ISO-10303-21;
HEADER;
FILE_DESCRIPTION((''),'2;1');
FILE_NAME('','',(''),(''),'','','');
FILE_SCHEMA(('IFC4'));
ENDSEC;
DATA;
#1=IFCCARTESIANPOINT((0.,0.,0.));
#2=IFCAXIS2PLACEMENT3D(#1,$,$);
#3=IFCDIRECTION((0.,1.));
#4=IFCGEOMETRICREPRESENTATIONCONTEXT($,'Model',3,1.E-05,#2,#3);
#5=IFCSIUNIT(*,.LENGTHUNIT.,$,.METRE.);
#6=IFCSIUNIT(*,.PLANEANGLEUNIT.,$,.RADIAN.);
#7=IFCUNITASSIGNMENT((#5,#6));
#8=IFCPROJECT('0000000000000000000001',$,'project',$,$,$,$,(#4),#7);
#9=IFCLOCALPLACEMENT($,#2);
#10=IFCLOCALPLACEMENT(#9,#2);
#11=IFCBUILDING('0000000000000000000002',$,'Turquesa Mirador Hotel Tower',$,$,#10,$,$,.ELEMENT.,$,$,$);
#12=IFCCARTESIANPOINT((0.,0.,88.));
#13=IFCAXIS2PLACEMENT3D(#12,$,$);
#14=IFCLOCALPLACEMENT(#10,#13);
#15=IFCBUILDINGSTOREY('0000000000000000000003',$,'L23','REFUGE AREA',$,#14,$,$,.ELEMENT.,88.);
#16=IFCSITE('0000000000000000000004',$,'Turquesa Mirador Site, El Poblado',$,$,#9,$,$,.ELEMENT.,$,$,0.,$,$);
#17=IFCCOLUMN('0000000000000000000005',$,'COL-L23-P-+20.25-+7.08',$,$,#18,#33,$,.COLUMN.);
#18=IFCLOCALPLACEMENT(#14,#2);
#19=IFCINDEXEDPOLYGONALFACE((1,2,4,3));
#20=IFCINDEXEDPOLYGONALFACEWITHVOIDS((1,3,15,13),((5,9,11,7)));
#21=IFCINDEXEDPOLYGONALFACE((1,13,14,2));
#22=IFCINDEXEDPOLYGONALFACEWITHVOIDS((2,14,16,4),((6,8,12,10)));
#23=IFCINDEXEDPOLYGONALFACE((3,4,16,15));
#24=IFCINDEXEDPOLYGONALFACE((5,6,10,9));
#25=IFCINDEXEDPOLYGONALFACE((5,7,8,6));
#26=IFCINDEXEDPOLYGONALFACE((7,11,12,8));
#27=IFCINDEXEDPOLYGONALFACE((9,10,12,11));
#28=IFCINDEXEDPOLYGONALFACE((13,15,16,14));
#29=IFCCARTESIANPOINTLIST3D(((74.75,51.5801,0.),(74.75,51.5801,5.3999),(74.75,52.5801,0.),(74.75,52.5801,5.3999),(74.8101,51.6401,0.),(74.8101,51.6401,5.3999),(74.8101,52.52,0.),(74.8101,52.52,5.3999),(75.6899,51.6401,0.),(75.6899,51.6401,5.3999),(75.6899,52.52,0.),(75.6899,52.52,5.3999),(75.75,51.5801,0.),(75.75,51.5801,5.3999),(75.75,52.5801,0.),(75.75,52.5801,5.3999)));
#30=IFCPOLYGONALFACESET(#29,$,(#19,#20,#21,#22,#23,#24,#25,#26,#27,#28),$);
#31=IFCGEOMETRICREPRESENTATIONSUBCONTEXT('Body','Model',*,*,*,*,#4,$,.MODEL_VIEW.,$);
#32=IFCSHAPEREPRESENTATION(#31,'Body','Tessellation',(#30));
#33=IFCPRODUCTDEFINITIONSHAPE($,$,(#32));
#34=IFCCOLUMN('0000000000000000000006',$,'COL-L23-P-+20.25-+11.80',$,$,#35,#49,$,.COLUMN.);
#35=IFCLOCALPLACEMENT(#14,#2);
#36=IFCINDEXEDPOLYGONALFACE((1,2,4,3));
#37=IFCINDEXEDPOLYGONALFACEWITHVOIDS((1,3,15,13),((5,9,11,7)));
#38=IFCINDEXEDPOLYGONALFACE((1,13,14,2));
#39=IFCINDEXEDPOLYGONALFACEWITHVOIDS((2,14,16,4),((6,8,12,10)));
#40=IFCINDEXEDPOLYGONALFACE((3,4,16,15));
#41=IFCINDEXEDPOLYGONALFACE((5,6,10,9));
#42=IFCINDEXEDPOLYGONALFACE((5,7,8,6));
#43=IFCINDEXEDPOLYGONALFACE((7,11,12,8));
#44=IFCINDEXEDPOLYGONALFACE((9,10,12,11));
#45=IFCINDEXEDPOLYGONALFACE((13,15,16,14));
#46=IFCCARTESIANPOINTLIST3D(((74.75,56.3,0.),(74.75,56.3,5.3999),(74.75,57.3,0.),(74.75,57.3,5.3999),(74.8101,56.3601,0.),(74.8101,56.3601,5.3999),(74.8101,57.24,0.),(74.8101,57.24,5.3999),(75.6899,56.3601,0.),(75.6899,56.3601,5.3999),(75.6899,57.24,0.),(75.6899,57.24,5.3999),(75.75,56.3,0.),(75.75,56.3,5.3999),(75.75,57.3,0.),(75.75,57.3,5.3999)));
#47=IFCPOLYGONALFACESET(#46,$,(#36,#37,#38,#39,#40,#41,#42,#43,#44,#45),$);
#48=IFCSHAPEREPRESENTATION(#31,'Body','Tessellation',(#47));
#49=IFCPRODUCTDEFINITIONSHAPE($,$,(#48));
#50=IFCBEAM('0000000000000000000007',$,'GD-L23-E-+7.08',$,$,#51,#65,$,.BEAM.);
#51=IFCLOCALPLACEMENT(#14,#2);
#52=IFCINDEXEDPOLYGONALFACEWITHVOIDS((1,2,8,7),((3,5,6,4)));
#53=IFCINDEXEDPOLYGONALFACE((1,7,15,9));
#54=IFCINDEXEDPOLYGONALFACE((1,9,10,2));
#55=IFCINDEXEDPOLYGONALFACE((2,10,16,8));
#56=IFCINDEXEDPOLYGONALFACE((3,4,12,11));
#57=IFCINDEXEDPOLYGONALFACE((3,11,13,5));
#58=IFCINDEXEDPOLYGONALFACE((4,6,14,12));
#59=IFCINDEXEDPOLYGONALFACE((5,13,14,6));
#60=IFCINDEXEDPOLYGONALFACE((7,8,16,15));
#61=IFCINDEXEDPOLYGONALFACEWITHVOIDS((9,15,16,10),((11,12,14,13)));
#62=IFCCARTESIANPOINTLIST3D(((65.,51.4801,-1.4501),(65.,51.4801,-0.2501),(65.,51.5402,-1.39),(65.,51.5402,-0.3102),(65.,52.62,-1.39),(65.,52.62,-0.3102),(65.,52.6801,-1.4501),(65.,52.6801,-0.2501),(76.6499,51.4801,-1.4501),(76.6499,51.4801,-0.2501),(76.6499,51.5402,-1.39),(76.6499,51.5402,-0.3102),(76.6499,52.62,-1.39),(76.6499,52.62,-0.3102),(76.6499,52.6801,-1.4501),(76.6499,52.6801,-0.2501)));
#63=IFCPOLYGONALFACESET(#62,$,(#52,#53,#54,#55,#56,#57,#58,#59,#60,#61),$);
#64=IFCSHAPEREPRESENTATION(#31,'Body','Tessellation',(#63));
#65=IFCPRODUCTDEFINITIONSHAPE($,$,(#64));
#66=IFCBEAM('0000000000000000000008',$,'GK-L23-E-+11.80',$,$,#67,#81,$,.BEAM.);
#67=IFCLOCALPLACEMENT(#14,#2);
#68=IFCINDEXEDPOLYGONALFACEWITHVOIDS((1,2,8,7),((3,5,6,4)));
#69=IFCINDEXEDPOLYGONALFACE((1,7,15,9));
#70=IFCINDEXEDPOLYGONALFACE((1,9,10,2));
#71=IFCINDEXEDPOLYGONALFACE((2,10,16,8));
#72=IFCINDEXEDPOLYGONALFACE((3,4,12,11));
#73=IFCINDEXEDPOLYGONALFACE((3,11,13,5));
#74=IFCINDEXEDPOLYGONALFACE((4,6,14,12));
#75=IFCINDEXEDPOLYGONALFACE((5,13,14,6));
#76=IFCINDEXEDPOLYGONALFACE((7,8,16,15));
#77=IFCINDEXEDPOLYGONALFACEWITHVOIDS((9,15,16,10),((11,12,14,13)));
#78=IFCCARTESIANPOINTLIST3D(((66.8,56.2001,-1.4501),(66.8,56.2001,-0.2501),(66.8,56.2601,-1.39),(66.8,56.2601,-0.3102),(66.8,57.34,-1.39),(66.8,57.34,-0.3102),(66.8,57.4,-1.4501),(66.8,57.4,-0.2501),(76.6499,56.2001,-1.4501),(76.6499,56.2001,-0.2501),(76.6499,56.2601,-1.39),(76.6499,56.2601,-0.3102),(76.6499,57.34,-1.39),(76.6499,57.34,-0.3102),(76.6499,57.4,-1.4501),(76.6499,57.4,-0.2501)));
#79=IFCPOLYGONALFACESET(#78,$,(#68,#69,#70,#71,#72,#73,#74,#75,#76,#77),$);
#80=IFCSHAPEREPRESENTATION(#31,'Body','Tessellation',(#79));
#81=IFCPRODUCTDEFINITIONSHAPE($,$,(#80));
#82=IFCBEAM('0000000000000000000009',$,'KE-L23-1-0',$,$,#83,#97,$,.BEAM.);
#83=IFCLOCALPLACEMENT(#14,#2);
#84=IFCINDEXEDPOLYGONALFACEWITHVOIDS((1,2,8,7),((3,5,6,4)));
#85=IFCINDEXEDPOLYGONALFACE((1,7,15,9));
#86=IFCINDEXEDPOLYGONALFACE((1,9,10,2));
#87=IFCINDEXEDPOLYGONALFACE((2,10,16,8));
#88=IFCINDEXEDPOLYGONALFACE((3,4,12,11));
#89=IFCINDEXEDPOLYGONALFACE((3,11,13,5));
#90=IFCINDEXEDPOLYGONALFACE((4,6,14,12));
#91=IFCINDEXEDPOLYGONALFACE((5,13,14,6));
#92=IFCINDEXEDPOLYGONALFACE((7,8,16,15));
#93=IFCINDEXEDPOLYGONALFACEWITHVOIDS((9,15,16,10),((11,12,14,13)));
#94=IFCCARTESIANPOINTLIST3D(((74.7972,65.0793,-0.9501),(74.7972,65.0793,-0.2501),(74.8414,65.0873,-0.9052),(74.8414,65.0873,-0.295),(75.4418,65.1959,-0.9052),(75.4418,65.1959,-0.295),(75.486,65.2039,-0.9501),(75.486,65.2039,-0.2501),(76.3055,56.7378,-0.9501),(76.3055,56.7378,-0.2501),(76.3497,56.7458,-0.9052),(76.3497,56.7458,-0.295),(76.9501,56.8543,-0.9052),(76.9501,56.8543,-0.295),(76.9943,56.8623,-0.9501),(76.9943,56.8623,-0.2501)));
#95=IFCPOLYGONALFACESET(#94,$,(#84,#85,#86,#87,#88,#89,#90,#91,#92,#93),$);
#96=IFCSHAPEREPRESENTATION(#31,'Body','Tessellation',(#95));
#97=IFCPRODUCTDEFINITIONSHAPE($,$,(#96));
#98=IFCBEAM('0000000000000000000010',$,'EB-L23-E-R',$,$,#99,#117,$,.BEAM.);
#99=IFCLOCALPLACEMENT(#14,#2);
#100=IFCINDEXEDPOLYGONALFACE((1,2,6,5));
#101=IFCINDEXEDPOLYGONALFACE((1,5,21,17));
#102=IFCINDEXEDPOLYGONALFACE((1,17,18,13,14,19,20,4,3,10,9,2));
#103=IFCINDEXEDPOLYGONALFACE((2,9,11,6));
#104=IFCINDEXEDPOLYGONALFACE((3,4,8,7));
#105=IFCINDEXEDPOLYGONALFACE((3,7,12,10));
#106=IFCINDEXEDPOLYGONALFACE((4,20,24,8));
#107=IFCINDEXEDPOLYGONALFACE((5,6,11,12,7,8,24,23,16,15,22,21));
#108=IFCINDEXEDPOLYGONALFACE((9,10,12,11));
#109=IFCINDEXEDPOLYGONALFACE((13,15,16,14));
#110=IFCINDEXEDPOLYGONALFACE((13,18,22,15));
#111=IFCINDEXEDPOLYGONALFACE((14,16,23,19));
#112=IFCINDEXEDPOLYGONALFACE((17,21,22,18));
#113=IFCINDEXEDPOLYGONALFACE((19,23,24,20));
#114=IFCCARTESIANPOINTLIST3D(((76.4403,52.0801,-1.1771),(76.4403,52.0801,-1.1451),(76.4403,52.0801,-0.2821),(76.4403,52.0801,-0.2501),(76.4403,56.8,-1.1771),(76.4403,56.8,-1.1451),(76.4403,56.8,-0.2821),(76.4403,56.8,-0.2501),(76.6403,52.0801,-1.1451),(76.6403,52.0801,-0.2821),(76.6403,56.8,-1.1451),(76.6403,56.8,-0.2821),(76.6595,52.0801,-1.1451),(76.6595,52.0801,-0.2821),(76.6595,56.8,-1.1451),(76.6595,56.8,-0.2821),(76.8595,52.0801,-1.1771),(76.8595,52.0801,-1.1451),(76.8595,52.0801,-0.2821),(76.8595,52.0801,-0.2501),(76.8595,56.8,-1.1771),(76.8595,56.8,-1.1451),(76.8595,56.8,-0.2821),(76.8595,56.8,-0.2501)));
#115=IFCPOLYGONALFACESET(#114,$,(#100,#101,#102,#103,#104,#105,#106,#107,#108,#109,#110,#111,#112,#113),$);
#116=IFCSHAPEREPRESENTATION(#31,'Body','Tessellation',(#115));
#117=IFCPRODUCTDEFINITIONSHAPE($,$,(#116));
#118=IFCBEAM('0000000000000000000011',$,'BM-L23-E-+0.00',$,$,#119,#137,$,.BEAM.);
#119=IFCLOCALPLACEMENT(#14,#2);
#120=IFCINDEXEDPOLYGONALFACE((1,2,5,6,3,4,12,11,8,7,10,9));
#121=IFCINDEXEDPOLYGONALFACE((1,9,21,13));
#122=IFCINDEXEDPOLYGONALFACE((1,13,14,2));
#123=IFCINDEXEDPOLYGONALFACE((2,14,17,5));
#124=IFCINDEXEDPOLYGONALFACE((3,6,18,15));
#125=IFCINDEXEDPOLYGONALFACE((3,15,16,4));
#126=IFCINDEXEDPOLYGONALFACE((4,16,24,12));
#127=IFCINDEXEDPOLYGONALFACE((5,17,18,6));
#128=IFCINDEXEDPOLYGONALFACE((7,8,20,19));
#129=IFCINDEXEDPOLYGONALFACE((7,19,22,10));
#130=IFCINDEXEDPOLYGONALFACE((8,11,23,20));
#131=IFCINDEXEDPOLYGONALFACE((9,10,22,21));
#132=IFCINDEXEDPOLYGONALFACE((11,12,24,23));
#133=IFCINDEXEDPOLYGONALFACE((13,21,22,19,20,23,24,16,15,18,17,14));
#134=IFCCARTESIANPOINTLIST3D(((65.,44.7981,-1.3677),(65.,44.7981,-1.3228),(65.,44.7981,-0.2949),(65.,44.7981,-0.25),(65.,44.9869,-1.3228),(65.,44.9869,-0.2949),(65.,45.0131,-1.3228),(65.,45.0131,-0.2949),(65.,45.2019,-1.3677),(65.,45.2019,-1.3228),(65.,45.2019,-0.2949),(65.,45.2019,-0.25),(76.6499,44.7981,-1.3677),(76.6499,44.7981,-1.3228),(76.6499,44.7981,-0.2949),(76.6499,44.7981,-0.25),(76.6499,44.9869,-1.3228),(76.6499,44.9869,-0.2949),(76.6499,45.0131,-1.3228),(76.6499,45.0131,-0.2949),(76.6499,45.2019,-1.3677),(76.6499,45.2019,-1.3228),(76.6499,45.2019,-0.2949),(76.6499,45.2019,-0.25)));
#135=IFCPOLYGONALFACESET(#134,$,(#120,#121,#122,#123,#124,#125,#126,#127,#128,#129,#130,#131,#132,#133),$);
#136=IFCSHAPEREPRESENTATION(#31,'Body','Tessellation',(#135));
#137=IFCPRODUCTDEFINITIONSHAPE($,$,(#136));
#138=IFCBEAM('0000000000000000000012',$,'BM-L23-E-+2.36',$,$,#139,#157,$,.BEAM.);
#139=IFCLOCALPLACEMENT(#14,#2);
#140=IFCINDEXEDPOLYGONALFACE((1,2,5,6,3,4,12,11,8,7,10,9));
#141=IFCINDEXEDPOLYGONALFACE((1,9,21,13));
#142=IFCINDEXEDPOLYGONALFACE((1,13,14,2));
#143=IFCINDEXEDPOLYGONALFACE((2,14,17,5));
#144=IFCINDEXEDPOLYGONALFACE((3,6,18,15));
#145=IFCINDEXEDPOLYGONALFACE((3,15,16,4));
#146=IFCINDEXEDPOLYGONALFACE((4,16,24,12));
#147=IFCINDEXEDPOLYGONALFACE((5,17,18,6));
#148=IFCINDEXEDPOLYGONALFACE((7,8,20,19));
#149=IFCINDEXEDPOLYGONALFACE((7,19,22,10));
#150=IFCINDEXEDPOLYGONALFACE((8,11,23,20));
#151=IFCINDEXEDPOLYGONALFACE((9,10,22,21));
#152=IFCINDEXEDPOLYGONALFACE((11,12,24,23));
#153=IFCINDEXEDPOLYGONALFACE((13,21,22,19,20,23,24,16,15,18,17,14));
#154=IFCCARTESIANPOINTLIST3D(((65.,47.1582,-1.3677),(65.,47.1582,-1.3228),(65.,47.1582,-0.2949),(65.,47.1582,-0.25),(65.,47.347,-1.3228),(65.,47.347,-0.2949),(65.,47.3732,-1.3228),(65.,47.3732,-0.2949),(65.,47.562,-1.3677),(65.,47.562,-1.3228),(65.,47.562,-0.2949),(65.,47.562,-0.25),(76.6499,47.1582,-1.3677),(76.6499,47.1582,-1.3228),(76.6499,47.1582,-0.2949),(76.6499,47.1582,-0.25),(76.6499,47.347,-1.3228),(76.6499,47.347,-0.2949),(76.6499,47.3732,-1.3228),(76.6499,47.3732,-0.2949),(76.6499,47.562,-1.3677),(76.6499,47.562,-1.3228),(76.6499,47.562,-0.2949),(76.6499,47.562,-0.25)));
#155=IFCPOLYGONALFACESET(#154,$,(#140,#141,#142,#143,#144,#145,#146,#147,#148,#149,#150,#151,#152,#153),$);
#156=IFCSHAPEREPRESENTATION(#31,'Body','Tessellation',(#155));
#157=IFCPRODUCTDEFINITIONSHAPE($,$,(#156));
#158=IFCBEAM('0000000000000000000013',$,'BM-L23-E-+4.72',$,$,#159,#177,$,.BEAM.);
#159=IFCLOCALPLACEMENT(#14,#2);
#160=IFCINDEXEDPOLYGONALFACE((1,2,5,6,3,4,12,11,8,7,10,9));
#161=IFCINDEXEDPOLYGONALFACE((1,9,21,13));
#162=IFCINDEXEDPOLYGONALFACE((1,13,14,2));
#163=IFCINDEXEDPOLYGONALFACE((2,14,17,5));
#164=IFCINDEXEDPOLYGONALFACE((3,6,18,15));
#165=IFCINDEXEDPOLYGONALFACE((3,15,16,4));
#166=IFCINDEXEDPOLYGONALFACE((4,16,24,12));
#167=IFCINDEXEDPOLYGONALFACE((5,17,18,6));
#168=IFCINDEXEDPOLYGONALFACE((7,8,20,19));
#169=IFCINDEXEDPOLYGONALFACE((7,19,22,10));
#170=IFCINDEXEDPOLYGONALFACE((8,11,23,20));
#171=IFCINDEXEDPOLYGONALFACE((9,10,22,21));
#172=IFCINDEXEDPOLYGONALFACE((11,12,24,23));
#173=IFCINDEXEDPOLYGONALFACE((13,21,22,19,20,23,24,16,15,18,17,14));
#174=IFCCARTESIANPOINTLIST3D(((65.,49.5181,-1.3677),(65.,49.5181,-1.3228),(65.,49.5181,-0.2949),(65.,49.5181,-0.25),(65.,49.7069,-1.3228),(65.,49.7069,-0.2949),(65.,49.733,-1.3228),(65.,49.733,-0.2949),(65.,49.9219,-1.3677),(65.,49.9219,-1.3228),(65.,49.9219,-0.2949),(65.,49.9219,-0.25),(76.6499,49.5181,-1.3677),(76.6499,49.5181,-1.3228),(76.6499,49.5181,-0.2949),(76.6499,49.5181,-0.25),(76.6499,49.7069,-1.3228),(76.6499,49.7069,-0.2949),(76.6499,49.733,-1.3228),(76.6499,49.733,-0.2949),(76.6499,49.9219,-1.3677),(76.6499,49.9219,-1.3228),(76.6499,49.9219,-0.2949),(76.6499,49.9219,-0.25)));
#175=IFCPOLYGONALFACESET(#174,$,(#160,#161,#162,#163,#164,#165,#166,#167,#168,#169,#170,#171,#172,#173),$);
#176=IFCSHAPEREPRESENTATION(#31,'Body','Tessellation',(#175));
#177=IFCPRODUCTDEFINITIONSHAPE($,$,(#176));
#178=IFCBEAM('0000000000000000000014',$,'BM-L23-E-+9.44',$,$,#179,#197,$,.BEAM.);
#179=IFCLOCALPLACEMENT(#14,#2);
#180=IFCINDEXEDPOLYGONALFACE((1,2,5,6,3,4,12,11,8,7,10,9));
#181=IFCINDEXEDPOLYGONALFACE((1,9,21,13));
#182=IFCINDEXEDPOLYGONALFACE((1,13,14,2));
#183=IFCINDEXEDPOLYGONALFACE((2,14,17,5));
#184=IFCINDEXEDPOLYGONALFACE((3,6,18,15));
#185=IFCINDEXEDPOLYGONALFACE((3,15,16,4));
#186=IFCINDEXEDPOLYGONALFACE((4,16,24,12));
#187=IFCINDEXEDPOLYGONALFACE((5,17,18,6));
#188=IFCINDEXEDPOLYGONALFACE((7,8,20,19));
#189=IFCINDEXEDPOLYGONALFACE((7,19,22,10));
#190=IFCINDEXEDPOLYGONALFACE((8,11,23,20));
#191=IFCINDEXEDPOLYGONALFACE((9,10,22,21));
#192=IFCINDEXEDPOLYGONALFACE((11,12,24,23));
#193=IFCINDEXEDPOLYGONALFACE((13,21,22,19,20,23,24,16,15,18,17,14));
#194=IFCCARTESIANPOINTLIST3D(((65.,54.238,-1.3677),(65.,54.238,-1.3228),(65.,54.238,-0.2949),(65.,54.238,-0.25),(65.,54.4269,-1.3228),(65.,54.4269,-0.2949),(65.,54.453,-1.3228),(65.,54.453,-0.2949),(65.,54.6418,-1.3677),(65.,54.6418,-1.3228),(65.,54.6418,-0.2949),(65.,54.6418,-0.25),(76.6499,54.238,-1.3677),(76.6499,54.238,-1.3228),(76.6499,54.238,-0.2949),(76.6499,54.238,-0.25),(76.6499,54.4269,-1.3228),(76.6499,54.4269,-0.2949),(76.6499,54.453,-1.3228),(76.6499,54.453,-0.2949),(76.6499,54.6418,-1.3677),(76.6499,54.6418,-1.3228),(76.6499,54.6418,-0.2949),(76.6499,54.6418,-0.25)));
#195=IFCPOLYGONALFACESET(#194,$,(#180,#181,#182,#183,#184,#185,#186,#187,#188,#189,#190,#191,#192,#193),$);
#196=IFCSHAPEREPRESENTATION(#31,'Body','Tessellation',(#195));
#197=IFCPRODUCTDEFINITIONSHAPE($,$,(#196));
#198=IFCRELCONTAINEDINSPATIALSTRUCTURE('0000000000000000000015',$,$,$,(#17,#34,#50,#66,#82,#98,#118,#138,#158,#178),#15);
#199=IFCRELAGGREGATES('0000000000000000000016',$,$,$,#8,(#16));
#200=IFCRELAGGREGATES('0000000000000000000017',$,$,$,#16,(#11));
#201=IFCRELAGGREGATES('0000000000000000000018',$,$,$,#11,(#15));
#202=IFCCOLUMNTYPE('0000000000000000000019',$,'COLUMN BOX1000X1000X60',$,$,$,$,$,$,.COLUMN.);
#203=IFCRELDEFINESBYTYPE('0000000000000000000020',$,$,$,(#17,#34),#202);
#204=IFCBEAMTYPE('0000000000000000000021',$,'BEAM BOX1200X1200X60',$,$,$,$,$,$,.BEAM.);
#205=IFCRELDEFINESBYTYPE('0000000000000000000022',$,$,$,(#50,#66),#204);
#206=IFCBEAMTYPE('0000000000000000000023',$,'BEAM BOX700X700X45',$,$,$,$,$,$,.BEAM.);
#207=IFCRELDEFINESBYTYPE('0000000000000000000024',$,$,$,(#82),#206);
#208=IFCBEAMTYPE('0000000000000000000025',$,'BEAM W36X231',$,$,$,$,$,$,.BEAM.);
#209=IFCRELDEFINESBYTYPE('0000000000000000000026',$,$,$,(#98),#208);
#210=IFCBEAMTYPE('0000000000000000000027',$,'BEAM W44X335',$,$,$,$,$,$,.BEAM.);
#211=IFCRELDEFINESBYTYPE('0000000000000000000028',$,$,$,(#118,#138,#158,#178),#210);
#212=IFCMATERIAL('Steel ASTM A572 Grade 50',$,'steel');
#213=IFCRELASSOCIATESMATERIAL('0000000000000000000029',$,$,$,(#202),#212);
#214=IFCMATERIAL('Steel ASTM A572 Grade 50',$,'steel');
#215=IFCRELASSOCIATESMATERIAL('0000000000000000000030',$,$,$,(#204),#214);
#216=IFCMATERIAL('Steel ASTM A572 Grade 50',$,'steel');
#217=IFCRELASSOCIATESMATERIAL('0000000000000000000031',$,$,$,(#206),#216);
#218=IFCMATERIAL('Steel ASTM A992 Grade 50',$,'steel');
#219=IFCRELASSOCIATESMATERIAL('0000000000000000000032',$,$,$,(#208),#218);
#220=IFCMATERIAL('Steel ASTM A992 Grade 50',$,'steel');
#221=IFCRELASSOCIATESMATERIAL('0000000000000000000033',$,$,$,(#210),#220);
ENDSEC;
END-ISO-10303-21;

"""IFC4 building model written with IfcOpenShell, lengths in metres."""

from ifc_helpers import new_model, si_unit, direction, frame, origin, origin_2d, place, context, subcontext, project, spatial, hollow_rectangle, i_section, extrude, material, material_profile, profile_set, type_object, element, save


model = new_model("IFC4")

# Units and contexts
model_context = context("Model", 3, precision=1e-05, world=origin(), true_north=direction((0.0, 1.0)))
body_context = subcontext(model_context, "Body", "Model", "MODEL_VIEW")
ifc_project = project(units=[si_unit("LENGTHUNIT", "METRE"), si_unit("PLANEANGLEUNIT", "RADIAN")], contexts=[model_context])

# Site, building, storey
site_placement = place(None, origin())
site = spatial("IfcSite", under=ifc_project, at=site_placement, Name="Turquesa Mirador Site, El Poblado", CompositionType="ELEMENT", RefElevation=0.0)
building_placement = place(site_placement, origin())
building = spatial("IfcBuilding", under=site, at=building_placement, Name="Turquesa Mirador Hotel Tower", CompositionType="ELEMENT")
storey_placement = place(building_placement, frame((0.0, 0.0, 88.0)))
storey = spatial("IfcBuildingStorey", under=building, at=storey_placement, Name="L23", Description="REFUGE AREA", CompositionType="ELEMENT", Elevation=88.0)

# Columns
ifc_material_1 = material(Name="Steel ASTM A572 Grade 50", Category="steel")
ifc_material_profile_1 = material_profile(ifc_material_1, hollow_rectangle(XDim=1.0, YDim=1.0, WallThickness=0.0601, at=origin_2d()), Name="BOX1000X1000X60")
ifc_profile_set_1 = profile_set([ifc_material_profile_1], Name="Steel ASTM A572 Grade 50")
column_type = type_object("IfcColumnType", Name="COLUMN BOX1000X1000X60", PredefinedType="COLUMN", material=ifc_profile_set_1)
for number, where, z_axis, x_axis, name in (
    (1, (75.25, 52.0801, 0.0), (0.0, 0.0, 1.0), (1.0, 0.0, 0.0), "COL-L23-P-+20.25-+7.08"),
    (2, (75.25, 56.8, 0.0), (0.0, 0.0, 1.0), (1.0, 0.0, 0.0), "COL-L23-P-+20.25-+11.80"),
):
    element("IfcColumn", number, at=place(storey_placement, frame(where, z_axis=z_axis, x_axis=x_axis)), inside=storey, type_object=column_type, Name=name, PredefinedType="COLUMN", context=body_context, shape_type="SweptSolid", body=[
        extrude(hollow_rectangle(XDim=1.0, YDim=1.0, WallThickness=0.0601, at=origin_2d()), origin(), (0.0, 0.0, 1.0), 5.3999),
    ])

# Beams
ifc_material_2 = material(Name="Steel ASTM A572 Grade 50", Category="steel")
ifc_material_profile_2 = material_profile(ifc_material_2, hollow_rectangle(XDim=1.2, YDim=1.2, WallThickness=0.0601, at=origin_2d()), Name="BOX1200X1200X60")
ifc_profile_set_2 = profile_set([ifc_material_profile_2], Name="Steel ASTM A572 Grade 50")
beam_type_1 = type_object("IfcBeamType", Name="BEAM BOX1200X1200X60", PredefinedType="BEAM", material=ifc_profile_set_2)
beam_1_placement = place(storey_placement, frame((76.6499, 52.0801, -0.8501), z_axis=(-1.0, 0.0, 0.0), x_axis=(0.0, -1.0, 0.0)))
element("IfcBeam", 3, at=beam_1_placement, inside=storey, type_object=beam_type_1, Name="GD-L23-E-+7.08", PredefinedType="BEAM", context=body_context, shape_type="SweptSolid", body=[
    extrude(hollow_rectangle(XDim=1.2, YDim=1.2, WallThickness=0.0601, at=origin_2d()), origin(), (0.0, 0.0, 1.0), 11.6499),
])
beam_2_placement = place(storey_placement, frame((76.6499, 56.8, -0.8501), z_axis=(-1.0, 0.0, 0.0), x_axis=(0.0, -1.0, 0.0)))
element("IfcBeam", 4, at=beam_2_placement, inside=storey, type_object=beam_type_1, Name="GK-L23-E-+11.80", PredefinedType="BEAM", context=body_context, shape_type="SweptSolid", body=[
    extrude(hollow_rectangle(XDim=1.2, YDim=1.2, WallThickness=0.0601, at=origin_2d()), origin(), (0.0, 0.0, 1.0), 9.8499),
])
ifc_material_3 = material(Name="Steel ASTM A572 Grade 50", Category="steel")
ifc_material_profile_3 = material_profile(ifc_material_3, hollow_rectangle(XDim=0.7, YDim=0.7, WallThickness=0.0449, at=origin_2d()), Name="BOX700X700X45")
ifc_profile_set_3 = profile_set([ifc_material_profile_3], Name="Steel ASTM A572 Grade 50")
beam_type_2 = type_object("IfcBeamType", Name="BEAM BOX700X700X45", PredefinedType="BEAM", material=ifc_profile_set_3)
beam_3_placement = place(storey_placement, frame((76.6499, 56.8, -0.6001), z_axis=(-0.177932, 0.984043, 0.0), x_axis=(-0.984043, -0.177932, 0.0)))
element("IfcBeam", 5, at=beam_3_placement, inside=storey, type_object=beam_type_2, Name="KE-L23-1-0", PredefinedType="BEAM", context=body_context, shape_type="SweptSolid", body=[
    extrude(hollow_rectangle(XDim=0.7, YDim=0.7, WallThickness=0.0449, at=origin_2d()), origin(), (0.0, 0.0, 1.0), 8.4768),
])
ifc_material_4 = material(Name="Steel ASTM A992 Grade 50", Category="steel")
ifc_material_profile_4 = material_profile(ifc_material_4, i_section(OverallWidth=0.4192, OverallDepth=0.927, WebThickness=0.0193, FlangeThickness=0.032, at=origin_2d()), Name="W36X231")
ifc_profile_set_4 = profile_set([ifc_material_profile_4], Name="Steel ASTM A992 Grade 50")
beam_type_3 = type_object("IfcBeamType", Name="BEAM W36X231", PredefinedType="BEAM", material=ifc_profile_set_4)
beam_4_placement = place(storey_placement, frame((76.6499, 52.0801, -0.7136), z_axis=(0.0, 1.0, 0.0), x_axis=(-1.0, 0.0, 0.0)))
element("IfcBeam", 6, at=beam_4_placement, inside=storey, type_object=beam_type_3, Name="EB-L23-E-R", PredefinedType="BEAM", context=body_context, shape_type="SweptSolid", body=[
    extrude(i_section(OverallWidth=0.4192, OverallDepth=0.927, WebThickness=0.0193, FlangeThickness=0.032, at=origin_2d()), origin(), (0.0, 0.0, 1.0), 4.72),
])
ifc_material_5 = material(Name="Steel ASTM A992 Grade 50", Category="steel")
ifc_material_profile_5 = material_profile(ifc_material_5, i_section(OverallWidth=0.4038, OverallDepth=1.1177, WebThickness=0.0261, FlangeThickness=0.0449, at=origin_2d()), Name="W44X335")
ifc_profile_set_5 = profile_set([ifc_material_profile_5], Name="Steel ASTM A992 Grade 50")
beam_type_4 = type_object("IfcBeamType", Name="BEAM W44X335", PredefinedType="BEAM", material=ifc_profile_set_5)
for number, where, z_axis, x_axis, name in (
    (7, (76.6499, 45.0, -0.8088), (-1.0, 0.0, 0.0), (0.0, -1.0, 0.0), "BM-L23-E-+0.00"),
    (8, (76.6499, 47.3601, -0.8088), (-1.0, 0.0, 0.0), (0.0, -1.0, 0.0), "BM-L23-E-+2.36"),
    (9, (76.6499, 49.72, -0.8088), (-1.0, 0.0, 0.0), (0.0, -1.0, 0.0), "BM-L23-E-+4.72"),
    (10, (76.6499, 54.4399, -0.8088), (-1.0, 0.0, 0.0), (0.0, -1.0, 0.0), "BM-L23-E-+9.44"),
):
    element("IfcBeam", number, at=place(storey_placement, frame(where, z_axis=z_axis, x_axis=x_axis)), inside=storey, type_object=beam_type_4, Name=name, PredefinedType="BEAM", context=body_context, shape_type="SweptSolid", body=[
        extrude(i_section(OverallWidth=0.4038, OverallDepth=1.1177, WebThickness=0.0261, FlangeThickness=0.0449, at=origin_2d()), origin(), (0.0, 0.0, 1.0), 11.6499),
    ])

save(model, "model.ifc")
